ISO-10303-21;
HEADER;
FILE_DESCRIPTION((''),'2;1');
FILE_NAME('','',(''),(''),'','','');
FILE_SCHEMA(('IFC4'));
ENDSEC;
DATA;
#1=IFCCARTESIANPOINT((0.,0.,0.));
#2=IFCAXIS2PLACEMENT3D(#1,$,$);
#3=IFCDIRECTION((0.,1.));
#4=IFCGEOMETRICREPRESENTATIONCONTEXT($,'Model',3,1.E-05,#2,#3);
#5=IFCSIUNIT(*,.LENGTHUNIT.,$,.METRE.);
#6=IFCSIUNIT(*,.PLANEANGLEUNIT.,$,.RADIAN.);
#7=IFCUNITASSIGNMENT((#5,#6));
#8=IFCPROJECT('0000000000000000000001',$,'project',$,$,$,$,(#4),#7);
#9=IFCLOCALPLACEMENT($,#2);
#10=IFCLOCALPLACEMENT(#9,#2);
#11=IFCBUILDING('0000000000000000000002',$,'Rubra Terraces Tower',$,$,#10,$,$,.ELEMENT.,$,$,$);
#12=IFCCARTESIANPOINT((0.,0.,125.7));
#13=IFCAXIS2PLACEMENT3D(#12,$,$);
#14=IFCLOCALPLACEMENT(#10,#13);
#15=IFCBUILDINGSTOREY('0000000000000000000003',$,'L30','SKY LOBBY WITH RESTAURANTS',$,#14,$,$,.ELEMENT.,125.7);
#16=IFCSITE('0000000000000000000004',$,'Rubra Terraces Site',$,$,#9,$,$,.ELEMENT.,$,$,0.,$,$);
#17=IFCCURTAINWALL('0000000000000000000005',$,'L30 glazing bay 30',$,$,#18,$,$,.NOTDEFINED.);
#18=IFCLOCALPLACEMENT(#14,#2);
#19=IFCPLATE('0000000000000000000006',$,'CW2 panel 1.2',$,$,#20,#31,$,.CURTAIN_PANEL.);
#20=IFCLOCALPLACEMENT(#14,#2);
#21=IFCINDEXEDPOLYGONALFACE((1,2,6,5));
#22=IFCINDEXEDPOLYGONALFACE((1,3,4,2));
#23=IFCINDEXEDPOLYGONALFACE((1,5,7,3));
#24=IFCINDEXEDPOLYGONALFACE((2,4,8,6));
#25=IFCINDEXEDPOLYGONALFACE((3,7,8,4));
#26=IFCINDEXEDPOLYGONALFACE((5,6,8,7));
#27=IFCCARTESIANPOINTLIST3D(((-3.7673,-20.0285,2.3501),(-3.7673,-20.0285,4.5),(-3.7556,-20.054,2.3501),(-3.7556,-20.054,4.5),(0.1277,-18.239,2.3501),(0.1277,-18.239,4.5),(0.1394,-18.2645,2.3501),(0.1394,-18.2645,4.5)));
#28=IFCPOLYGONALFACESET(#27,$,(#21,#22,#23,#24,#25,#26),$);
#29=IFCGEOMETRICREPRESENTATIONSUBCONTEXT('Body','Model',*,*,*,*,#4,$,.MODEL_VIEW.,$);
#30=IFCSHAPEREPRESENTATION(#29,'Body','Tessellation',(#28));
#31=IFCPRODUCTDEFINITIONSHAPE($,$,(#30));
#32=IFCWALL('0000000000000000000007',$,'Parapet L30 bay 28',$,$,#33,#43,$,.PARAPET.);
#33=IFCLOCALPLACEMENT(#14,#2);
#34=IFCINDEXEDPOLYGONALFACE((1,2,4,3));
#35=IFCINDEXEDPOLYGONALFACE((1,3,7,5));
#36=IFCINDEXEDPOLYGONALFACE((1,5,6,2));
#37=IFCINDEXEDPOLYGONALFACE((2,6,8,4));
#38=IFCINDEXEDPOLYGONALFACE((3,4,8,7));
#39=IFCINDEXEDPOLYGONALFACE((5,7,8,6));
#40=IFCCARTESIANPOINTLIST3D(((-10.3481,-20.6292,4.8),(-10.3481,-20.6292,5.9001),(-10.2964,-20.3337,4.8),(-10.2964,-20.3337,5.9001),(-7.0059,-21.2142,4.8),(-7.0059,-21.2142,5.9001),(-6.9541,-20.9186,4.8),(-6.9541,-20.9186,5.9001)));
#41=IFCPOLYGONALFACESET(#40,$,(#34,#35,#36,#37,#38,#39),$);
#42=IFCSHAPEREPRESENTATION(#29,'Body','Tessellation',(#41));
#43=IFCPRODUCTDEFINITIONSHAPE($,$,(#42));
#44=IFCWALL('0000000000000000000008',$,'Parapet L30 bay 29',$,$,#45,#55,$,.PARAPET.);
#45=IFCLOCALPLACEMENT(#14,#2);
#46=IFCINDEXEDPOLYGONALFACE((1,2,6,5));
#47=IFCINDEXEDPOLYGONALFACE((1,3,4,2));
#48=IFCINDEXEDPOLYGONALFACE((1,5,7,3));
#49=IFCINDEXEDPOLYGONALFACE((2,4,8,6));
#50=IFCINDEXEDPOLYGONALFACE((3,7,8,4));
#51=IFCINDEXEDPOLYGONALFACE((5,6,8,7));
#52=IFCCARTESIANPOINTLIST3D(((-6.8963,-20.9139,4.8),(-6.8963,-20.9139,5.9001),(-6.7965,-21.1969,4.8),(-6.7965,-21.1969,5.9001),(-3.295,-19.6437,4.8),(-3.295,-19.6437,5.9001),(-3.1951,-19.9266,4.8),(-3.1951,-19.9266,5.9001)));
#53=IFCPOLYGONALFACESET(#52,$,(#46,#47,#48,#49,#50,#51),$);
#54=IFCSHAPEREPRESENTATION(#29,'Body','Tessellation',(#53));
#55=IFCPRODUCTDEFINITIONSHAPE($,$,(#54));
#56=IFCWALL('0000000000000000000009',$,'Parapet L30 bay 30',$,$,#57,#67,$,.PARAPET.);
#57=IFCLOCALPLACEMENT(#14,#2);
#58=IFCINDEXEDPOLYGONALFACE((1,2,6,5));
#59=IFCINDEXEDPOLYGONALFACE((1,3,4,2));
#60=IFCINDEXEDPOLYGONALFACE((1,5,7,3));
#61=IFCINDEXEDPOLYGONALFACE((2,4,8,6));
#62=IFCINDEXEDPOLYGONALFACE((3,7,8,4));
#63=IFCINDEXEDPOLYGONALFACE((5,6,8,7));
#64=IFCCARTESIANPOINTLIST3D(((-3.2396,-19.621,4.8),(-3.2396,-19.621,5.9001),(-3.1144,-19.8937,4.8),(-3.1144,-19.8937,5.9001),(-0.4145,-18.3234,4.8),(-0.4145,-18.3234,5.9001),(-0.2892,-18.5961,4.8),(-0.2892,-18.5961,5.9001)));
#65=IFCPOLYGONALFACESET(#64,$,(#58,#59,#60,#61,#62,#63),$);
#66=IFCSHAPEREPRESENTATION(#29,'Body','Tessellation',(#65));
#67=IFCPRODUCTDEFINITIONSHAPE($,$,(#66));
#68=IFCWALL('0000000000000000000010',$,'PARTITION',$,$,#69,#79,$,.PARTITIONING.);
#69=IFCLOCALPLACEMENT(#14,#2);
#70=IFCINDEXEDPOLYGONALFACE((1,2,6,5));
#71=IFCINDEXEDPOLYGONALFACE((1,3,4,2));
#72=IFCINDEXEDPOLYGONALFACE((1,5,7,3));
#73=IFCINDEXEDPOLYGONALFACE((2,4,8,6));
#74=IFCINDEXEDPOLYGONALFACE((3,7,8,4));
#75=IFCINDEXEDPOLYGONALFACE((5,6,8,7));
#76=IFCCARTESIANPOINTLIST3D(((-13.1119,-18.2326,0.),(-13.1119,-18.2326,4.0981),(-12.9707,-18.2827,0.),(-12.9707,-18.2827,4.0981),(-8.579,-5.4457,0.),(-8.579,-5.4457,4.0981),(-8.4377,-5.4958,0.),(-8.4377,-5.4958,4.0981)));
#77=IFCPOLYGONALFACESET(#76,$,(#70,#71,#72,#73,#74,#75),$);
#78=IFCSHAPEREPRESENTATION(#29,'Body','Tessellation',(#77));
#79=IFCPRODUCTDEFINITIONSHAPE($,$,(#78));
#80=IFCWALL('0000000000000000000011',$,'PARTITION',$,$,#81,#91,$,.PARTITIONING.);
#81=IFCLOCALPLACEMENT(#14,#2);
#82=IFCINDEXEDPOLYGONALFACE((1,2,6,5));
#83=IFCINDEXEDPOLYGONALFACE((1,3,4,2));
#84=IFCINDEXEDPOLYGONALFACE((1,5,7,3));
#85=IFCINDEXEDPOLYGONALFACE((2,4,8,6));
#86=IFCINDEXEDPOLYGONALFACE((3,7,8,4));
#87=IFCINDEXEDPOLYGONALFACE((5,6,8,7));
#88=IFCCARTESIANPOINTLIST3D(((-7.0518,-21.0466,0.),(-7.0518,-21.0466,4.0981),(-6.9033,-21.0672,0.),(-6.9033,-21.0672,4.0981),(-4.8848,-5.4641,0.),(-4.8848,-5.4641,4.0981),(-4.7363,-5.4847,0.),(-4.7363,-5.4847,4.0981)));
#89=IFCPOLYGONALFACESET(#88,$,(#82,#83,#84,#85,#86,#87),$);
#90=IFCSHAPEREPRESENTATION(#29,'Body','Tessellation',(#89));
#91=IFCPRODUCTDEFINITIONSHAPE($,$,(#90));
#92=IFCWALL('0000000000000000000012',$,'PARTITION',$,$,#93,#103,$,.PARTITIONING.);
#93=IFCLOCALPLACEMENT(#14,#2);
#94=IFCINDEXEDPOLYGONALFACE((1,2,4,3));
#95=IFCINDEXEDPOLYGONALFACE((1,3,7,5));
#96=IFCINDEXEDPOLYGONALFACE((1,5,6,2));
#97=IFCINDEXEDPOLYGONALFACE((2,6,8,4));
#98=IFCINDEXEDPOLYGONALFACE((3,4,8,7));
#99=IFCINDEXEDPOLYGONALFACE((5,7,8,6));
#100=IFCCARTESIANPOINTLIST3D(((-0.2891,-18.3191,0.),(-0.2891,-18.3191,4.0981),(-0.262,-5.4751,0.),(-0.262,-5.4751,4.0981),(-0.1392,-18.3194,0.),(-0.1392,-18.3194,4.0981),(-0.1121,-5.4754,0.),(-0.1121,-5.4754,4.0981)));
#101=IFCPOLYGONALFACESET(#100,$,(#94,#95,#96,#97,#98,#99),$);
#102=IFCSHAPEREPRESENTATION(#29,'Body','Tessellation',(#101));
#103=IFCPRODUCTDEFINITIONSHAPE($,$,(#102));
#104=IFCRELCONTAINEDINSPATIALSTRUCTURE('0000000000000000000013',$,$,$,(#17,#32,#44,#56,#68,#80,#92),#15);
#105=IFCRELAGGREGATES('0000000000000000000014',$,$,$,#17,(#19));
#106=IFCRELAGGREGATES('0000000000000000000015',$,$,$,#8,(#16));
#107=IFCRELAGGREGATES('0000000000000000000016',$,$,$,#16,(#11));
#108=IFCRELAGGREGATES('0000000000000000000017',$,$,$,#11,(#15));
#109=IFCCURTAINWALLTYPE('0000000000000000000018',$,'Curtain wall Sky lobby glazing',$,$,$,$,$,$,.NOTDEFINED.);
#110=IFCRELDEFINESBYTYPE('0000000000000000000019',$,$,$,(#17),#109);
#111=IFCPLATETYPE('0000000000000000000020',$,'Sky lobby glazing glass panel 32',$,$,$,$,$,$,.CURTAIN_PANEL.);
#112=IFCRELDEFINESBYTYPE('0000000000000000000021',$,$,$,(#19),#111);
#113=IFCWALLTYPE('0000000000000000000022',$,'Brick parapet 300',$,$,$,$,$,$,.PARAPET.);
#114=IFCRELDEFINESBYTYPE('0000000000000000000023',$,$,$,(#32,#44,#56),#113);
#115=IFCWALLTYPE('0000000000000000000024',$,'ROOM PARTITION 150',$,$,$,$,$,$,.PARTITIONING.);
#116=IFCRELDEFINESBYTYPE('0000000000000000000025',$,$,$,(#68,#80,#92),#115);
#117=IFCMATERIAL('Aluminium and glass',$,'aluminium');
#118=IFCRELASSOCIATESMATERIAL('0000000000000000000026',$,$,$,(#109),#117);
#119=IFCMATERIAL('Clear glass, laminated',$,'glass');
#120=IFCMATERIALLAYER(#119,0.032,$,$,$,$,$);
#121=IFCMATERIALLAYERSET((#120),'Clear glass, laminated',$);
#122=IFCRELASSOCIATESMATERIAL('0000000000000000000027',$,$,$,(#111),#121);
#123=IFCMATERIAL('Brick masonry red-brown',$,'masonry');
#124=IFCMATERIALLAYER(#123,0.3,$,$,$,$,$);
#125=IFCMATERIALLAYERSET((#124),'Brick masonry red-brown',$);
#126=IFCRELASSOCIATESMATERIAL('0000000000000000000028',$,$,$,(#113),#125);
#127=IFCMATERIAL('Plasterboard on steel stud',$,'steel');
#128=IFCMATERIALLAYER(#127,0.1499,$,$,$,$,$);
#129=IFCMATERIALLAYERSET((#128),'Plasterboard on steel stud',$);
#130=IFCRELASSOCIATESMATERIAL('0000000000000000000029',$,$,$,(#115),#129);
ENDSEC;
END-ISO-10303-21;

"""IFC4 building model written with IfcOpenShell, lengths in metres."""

from ifc_helpers import new_model, si_unit, direction, frame, frame_2d, origin, origin_2d, place, context, subcontext, project, spatial, rectangle, extrude, material, layer, layer_set, type_object, element, aggregate, save


model = new_model("IFC4")

# Units and contexts
model_context = context("Model", 3, precision=1e-05, world=origin(), true_north=direction((0.0, 1.0)))
body_context = subcontext(model_context, "Body", "Model", "MODEL_VIEW")
ifc_project = project(units=[si_unit("LENGTHUNIT", "METRE"), si_unit("PLANEANGLEUNIT", "RADIAN")], contexts=[model_context])

# Site, building, storey
site_placement = place(None, origin())
site = spatial("IfcSite", under=ifc_project, at=site_placement, Name="Rubra Terraces Site", CompositionType="ELEMENT", RefElevation=0.0)
building_placement = place(site_placement, origin())
building = spatial("IfcBuilding", under=site, at=building_placement, Name="Rubra Terraces Tower", CompositionType="ELEMENT")
storey_placement = place(building_placement, frame((0.0, 0.0, 125.7)))
storey = spatial("IfcBuildingStorey", under=building, at=storey_placement, Name="L30", Description="SKY LOBBY WITH RESTAURANTS", CompositionType="ELEMENT", Elevation=125.7)

# Curtain wall
ifc_material_1 = material(Name="Aluminium and glass", Category="aluminium")
curtain_wall_type = type_object("IfcCurtainWallType", Name="Curtain wall Sky lobby glazing", PredefinedType="NOTDEFINED", material=ifc_material_1)
curtain_wall_1_placement = place(storey_placement, origin())
curtain_wall_1 = element("IfcCurtainWall", 1, at=curtain_wall_1_placement, inside=storey, type_object=curtain_wall_type, Name="L30 glazing bay 30", PredefinedType="NOTDEFINED")

# Plate
ifc_material_2 = material(Name="Clear glass, laminated", Category="glass")
ifc_layer_1 = layer(ifc_material_2, 0.032)
ifc_layer_set_1 = layer_set([ifc_layer_1], Name="Clear glass, laminated")
plate_type = type_object("IfcPlateType", Name="Sky lobby glazing glass panel 32", PredefinedType="CURTAIN_PANEL", material=ifc_layer_set_1)
plate_1_placement = place(storey_placement, frame((-1.814, -19.1465, 2.3501), z_axis=(0.0, 0.0, 1.0), x_axis=(0.908687, 0.417477, 0.0)))
plate_1 = element("IfcPlate", 2, at=plate_1_placement, type_object=plate_type, Name="CW2 panel 1.2", PredefinedType="CURTAIN_PANEL", context=body_context, shape_type="SweptSolid", body=[
    extrude(rectangle(XDim=4.2864, YDim=0.0281, at=origin_2d()), origin(), (0.0, 0.0, 1.0), 2.1499),
])
aggregate(curtain_wall_1, [plate_1])

# Walls
ifc_material_3 = material(Name="Brick masonry red-brown", Category="masonry")
ifc_layer_2 = layer(ifc_material_3, 0.3)
ifc_layer_set_2 = layer_set([ifc_layer_2], Name="Brick masonry red-brown")
wall_type_1 = type_object("IfcWallType", Name="Brick parapet 300", PredefinedType="PARAPET", material=ifc_layer_set_2)
wall_1_placement = place(storey_placement, frame((-10.3223, -20.4814, 4.8), z_axis=(0.0, 0.0, 1.0), x_axis=(0.985027, -0.172398, 0.0)))
element("IfcWall", 3, at=wall_1_placement, inside=storey, type_object=wall_type_1, Name="Parapet L30 bay 28", PredefinedType="PARAPET", context=body_context, shape_type="SweptSolid", body=[
    extrude(rectangle(XDim=3.3931, YDim=0.3, at=frame_2d((1.6965, 0.0))), origin(), (0.0, 0.0, 1.0), 1.1001),
])
wall_2_placement = place(storey_placement, frame((-6.8464, -21.0554, 4.8), z_axis=(0.0, 0.0, 1.0), x_axis=(0.943055, 0.332636, 0.0)))
element("IfcWall", 4, at=wall_2_placement, inside=storey, type_object=wall_type_1, Name="Parapet L30 bay 29", PredefinedType="PARAPET", context=body_context, shape_type="SweptSolid", body=[
    extrude(rectangle(XDim=3.8188, YDim=0.3, at=frame_2d((1.9094, 0.0))), origin(), (0.0, 0.0, 1.0), 1.1001),
])
wall_3_placement = place(storey_placement, frame((-3.177, -19.7573, 4.8), z_axis=(0.0, 0.0, 1.0), x_axis=(0.908732, 0.417379, 0.0)))
element("IfcWall", 5, at=wall_3_placement, inside=storey, type_object=wall_type_1, Name="Parapet L30 bay 30", PredefinedType="PARAPET", context=body_context, shape_type="SweptSolid", body=[
    extrude(rectangle(XDim=3.1089, YDim=0.3, at=frame_2d((1.5544, 0.0))), origin(), (0.0, 0.0, 1.0), 1.1001),
])
ifc_material_4 = material(Name="Plasterboard on steel stud", Category="steel")
ifc_layer_3 = layer(ifc_material_4, 0.1499)
ifc_layer_set_3 = layer_set([ifc_layer_3], Name="Plasterboard on steel stud")
wall_type_2 = type_object("IfcWallType", Name="ROOM PARTITION 150", PredefinedType="PARTITIONING", material=ifc_layer_set_3)
wall_4_placement = place(storey_placement, frame((-13.0413, -18.2576, 0.0), z_axis=(0.0, 0.0, 1.0), x_axis=(0.334127, 0.942528, 0.0)))
element("IfcWall", 6, at=wall_4_placement, inside=storey, type_object=wall_type_2, Name="PARTITION", PredefinedType="PARTITIONING", context=body_context, shape_type="SweptSolid", body=[
    extrude(rectangle(XDim=13.5667, YDim=0.1499, at=frame_2d((6.7832, 0.0))), origin(), (0.0, 0.0, 1.0), 4.0981),
])
wall_5_placement = place(storey_placement, frame((-6.9775, -21.0569, 0.0), z_axis=(0.0, 0.0, 1.0), x_axis=(0.13774, 0.990468, 0.0)))
element("IfcWall", 7, at=wall_5_placement, inside=storey, type_object=wall_type_2, Name="PARTITION", PredefinedType="PARTITIONING", context=body_context, shape_type="SweptSolid", body=[
    extrude(rectangle(XDim=15.7324, YDim=0.1499, at=frame_2d((7.8662, 0.0))), origin(), (0.0, 0.0, 1.0), 4.0981),
])
wall_6_placement = place(storey_placement, frame((-0.2141, -18.3191, 0.0), z_axis=(0.0, 0.0, 1.0), x_axis=(0.00211, 0.999998, 0.0)))
element("IfcWall", 8, at=wall_6_placement, inside=storey, type_object=wall_type_2, Name="PARTITION", PredefinedType="PARTITIONING", context=body_context, shape_type="SweptSolid", body=[
    extrude(rectangle(XDim=12.844, YDim=0.1499, at=frame_2d((6.4219, 0.0))), origin(), (0.0, 0.0, 1.0), 4.0981),
])

save(model, "model.ifc")
